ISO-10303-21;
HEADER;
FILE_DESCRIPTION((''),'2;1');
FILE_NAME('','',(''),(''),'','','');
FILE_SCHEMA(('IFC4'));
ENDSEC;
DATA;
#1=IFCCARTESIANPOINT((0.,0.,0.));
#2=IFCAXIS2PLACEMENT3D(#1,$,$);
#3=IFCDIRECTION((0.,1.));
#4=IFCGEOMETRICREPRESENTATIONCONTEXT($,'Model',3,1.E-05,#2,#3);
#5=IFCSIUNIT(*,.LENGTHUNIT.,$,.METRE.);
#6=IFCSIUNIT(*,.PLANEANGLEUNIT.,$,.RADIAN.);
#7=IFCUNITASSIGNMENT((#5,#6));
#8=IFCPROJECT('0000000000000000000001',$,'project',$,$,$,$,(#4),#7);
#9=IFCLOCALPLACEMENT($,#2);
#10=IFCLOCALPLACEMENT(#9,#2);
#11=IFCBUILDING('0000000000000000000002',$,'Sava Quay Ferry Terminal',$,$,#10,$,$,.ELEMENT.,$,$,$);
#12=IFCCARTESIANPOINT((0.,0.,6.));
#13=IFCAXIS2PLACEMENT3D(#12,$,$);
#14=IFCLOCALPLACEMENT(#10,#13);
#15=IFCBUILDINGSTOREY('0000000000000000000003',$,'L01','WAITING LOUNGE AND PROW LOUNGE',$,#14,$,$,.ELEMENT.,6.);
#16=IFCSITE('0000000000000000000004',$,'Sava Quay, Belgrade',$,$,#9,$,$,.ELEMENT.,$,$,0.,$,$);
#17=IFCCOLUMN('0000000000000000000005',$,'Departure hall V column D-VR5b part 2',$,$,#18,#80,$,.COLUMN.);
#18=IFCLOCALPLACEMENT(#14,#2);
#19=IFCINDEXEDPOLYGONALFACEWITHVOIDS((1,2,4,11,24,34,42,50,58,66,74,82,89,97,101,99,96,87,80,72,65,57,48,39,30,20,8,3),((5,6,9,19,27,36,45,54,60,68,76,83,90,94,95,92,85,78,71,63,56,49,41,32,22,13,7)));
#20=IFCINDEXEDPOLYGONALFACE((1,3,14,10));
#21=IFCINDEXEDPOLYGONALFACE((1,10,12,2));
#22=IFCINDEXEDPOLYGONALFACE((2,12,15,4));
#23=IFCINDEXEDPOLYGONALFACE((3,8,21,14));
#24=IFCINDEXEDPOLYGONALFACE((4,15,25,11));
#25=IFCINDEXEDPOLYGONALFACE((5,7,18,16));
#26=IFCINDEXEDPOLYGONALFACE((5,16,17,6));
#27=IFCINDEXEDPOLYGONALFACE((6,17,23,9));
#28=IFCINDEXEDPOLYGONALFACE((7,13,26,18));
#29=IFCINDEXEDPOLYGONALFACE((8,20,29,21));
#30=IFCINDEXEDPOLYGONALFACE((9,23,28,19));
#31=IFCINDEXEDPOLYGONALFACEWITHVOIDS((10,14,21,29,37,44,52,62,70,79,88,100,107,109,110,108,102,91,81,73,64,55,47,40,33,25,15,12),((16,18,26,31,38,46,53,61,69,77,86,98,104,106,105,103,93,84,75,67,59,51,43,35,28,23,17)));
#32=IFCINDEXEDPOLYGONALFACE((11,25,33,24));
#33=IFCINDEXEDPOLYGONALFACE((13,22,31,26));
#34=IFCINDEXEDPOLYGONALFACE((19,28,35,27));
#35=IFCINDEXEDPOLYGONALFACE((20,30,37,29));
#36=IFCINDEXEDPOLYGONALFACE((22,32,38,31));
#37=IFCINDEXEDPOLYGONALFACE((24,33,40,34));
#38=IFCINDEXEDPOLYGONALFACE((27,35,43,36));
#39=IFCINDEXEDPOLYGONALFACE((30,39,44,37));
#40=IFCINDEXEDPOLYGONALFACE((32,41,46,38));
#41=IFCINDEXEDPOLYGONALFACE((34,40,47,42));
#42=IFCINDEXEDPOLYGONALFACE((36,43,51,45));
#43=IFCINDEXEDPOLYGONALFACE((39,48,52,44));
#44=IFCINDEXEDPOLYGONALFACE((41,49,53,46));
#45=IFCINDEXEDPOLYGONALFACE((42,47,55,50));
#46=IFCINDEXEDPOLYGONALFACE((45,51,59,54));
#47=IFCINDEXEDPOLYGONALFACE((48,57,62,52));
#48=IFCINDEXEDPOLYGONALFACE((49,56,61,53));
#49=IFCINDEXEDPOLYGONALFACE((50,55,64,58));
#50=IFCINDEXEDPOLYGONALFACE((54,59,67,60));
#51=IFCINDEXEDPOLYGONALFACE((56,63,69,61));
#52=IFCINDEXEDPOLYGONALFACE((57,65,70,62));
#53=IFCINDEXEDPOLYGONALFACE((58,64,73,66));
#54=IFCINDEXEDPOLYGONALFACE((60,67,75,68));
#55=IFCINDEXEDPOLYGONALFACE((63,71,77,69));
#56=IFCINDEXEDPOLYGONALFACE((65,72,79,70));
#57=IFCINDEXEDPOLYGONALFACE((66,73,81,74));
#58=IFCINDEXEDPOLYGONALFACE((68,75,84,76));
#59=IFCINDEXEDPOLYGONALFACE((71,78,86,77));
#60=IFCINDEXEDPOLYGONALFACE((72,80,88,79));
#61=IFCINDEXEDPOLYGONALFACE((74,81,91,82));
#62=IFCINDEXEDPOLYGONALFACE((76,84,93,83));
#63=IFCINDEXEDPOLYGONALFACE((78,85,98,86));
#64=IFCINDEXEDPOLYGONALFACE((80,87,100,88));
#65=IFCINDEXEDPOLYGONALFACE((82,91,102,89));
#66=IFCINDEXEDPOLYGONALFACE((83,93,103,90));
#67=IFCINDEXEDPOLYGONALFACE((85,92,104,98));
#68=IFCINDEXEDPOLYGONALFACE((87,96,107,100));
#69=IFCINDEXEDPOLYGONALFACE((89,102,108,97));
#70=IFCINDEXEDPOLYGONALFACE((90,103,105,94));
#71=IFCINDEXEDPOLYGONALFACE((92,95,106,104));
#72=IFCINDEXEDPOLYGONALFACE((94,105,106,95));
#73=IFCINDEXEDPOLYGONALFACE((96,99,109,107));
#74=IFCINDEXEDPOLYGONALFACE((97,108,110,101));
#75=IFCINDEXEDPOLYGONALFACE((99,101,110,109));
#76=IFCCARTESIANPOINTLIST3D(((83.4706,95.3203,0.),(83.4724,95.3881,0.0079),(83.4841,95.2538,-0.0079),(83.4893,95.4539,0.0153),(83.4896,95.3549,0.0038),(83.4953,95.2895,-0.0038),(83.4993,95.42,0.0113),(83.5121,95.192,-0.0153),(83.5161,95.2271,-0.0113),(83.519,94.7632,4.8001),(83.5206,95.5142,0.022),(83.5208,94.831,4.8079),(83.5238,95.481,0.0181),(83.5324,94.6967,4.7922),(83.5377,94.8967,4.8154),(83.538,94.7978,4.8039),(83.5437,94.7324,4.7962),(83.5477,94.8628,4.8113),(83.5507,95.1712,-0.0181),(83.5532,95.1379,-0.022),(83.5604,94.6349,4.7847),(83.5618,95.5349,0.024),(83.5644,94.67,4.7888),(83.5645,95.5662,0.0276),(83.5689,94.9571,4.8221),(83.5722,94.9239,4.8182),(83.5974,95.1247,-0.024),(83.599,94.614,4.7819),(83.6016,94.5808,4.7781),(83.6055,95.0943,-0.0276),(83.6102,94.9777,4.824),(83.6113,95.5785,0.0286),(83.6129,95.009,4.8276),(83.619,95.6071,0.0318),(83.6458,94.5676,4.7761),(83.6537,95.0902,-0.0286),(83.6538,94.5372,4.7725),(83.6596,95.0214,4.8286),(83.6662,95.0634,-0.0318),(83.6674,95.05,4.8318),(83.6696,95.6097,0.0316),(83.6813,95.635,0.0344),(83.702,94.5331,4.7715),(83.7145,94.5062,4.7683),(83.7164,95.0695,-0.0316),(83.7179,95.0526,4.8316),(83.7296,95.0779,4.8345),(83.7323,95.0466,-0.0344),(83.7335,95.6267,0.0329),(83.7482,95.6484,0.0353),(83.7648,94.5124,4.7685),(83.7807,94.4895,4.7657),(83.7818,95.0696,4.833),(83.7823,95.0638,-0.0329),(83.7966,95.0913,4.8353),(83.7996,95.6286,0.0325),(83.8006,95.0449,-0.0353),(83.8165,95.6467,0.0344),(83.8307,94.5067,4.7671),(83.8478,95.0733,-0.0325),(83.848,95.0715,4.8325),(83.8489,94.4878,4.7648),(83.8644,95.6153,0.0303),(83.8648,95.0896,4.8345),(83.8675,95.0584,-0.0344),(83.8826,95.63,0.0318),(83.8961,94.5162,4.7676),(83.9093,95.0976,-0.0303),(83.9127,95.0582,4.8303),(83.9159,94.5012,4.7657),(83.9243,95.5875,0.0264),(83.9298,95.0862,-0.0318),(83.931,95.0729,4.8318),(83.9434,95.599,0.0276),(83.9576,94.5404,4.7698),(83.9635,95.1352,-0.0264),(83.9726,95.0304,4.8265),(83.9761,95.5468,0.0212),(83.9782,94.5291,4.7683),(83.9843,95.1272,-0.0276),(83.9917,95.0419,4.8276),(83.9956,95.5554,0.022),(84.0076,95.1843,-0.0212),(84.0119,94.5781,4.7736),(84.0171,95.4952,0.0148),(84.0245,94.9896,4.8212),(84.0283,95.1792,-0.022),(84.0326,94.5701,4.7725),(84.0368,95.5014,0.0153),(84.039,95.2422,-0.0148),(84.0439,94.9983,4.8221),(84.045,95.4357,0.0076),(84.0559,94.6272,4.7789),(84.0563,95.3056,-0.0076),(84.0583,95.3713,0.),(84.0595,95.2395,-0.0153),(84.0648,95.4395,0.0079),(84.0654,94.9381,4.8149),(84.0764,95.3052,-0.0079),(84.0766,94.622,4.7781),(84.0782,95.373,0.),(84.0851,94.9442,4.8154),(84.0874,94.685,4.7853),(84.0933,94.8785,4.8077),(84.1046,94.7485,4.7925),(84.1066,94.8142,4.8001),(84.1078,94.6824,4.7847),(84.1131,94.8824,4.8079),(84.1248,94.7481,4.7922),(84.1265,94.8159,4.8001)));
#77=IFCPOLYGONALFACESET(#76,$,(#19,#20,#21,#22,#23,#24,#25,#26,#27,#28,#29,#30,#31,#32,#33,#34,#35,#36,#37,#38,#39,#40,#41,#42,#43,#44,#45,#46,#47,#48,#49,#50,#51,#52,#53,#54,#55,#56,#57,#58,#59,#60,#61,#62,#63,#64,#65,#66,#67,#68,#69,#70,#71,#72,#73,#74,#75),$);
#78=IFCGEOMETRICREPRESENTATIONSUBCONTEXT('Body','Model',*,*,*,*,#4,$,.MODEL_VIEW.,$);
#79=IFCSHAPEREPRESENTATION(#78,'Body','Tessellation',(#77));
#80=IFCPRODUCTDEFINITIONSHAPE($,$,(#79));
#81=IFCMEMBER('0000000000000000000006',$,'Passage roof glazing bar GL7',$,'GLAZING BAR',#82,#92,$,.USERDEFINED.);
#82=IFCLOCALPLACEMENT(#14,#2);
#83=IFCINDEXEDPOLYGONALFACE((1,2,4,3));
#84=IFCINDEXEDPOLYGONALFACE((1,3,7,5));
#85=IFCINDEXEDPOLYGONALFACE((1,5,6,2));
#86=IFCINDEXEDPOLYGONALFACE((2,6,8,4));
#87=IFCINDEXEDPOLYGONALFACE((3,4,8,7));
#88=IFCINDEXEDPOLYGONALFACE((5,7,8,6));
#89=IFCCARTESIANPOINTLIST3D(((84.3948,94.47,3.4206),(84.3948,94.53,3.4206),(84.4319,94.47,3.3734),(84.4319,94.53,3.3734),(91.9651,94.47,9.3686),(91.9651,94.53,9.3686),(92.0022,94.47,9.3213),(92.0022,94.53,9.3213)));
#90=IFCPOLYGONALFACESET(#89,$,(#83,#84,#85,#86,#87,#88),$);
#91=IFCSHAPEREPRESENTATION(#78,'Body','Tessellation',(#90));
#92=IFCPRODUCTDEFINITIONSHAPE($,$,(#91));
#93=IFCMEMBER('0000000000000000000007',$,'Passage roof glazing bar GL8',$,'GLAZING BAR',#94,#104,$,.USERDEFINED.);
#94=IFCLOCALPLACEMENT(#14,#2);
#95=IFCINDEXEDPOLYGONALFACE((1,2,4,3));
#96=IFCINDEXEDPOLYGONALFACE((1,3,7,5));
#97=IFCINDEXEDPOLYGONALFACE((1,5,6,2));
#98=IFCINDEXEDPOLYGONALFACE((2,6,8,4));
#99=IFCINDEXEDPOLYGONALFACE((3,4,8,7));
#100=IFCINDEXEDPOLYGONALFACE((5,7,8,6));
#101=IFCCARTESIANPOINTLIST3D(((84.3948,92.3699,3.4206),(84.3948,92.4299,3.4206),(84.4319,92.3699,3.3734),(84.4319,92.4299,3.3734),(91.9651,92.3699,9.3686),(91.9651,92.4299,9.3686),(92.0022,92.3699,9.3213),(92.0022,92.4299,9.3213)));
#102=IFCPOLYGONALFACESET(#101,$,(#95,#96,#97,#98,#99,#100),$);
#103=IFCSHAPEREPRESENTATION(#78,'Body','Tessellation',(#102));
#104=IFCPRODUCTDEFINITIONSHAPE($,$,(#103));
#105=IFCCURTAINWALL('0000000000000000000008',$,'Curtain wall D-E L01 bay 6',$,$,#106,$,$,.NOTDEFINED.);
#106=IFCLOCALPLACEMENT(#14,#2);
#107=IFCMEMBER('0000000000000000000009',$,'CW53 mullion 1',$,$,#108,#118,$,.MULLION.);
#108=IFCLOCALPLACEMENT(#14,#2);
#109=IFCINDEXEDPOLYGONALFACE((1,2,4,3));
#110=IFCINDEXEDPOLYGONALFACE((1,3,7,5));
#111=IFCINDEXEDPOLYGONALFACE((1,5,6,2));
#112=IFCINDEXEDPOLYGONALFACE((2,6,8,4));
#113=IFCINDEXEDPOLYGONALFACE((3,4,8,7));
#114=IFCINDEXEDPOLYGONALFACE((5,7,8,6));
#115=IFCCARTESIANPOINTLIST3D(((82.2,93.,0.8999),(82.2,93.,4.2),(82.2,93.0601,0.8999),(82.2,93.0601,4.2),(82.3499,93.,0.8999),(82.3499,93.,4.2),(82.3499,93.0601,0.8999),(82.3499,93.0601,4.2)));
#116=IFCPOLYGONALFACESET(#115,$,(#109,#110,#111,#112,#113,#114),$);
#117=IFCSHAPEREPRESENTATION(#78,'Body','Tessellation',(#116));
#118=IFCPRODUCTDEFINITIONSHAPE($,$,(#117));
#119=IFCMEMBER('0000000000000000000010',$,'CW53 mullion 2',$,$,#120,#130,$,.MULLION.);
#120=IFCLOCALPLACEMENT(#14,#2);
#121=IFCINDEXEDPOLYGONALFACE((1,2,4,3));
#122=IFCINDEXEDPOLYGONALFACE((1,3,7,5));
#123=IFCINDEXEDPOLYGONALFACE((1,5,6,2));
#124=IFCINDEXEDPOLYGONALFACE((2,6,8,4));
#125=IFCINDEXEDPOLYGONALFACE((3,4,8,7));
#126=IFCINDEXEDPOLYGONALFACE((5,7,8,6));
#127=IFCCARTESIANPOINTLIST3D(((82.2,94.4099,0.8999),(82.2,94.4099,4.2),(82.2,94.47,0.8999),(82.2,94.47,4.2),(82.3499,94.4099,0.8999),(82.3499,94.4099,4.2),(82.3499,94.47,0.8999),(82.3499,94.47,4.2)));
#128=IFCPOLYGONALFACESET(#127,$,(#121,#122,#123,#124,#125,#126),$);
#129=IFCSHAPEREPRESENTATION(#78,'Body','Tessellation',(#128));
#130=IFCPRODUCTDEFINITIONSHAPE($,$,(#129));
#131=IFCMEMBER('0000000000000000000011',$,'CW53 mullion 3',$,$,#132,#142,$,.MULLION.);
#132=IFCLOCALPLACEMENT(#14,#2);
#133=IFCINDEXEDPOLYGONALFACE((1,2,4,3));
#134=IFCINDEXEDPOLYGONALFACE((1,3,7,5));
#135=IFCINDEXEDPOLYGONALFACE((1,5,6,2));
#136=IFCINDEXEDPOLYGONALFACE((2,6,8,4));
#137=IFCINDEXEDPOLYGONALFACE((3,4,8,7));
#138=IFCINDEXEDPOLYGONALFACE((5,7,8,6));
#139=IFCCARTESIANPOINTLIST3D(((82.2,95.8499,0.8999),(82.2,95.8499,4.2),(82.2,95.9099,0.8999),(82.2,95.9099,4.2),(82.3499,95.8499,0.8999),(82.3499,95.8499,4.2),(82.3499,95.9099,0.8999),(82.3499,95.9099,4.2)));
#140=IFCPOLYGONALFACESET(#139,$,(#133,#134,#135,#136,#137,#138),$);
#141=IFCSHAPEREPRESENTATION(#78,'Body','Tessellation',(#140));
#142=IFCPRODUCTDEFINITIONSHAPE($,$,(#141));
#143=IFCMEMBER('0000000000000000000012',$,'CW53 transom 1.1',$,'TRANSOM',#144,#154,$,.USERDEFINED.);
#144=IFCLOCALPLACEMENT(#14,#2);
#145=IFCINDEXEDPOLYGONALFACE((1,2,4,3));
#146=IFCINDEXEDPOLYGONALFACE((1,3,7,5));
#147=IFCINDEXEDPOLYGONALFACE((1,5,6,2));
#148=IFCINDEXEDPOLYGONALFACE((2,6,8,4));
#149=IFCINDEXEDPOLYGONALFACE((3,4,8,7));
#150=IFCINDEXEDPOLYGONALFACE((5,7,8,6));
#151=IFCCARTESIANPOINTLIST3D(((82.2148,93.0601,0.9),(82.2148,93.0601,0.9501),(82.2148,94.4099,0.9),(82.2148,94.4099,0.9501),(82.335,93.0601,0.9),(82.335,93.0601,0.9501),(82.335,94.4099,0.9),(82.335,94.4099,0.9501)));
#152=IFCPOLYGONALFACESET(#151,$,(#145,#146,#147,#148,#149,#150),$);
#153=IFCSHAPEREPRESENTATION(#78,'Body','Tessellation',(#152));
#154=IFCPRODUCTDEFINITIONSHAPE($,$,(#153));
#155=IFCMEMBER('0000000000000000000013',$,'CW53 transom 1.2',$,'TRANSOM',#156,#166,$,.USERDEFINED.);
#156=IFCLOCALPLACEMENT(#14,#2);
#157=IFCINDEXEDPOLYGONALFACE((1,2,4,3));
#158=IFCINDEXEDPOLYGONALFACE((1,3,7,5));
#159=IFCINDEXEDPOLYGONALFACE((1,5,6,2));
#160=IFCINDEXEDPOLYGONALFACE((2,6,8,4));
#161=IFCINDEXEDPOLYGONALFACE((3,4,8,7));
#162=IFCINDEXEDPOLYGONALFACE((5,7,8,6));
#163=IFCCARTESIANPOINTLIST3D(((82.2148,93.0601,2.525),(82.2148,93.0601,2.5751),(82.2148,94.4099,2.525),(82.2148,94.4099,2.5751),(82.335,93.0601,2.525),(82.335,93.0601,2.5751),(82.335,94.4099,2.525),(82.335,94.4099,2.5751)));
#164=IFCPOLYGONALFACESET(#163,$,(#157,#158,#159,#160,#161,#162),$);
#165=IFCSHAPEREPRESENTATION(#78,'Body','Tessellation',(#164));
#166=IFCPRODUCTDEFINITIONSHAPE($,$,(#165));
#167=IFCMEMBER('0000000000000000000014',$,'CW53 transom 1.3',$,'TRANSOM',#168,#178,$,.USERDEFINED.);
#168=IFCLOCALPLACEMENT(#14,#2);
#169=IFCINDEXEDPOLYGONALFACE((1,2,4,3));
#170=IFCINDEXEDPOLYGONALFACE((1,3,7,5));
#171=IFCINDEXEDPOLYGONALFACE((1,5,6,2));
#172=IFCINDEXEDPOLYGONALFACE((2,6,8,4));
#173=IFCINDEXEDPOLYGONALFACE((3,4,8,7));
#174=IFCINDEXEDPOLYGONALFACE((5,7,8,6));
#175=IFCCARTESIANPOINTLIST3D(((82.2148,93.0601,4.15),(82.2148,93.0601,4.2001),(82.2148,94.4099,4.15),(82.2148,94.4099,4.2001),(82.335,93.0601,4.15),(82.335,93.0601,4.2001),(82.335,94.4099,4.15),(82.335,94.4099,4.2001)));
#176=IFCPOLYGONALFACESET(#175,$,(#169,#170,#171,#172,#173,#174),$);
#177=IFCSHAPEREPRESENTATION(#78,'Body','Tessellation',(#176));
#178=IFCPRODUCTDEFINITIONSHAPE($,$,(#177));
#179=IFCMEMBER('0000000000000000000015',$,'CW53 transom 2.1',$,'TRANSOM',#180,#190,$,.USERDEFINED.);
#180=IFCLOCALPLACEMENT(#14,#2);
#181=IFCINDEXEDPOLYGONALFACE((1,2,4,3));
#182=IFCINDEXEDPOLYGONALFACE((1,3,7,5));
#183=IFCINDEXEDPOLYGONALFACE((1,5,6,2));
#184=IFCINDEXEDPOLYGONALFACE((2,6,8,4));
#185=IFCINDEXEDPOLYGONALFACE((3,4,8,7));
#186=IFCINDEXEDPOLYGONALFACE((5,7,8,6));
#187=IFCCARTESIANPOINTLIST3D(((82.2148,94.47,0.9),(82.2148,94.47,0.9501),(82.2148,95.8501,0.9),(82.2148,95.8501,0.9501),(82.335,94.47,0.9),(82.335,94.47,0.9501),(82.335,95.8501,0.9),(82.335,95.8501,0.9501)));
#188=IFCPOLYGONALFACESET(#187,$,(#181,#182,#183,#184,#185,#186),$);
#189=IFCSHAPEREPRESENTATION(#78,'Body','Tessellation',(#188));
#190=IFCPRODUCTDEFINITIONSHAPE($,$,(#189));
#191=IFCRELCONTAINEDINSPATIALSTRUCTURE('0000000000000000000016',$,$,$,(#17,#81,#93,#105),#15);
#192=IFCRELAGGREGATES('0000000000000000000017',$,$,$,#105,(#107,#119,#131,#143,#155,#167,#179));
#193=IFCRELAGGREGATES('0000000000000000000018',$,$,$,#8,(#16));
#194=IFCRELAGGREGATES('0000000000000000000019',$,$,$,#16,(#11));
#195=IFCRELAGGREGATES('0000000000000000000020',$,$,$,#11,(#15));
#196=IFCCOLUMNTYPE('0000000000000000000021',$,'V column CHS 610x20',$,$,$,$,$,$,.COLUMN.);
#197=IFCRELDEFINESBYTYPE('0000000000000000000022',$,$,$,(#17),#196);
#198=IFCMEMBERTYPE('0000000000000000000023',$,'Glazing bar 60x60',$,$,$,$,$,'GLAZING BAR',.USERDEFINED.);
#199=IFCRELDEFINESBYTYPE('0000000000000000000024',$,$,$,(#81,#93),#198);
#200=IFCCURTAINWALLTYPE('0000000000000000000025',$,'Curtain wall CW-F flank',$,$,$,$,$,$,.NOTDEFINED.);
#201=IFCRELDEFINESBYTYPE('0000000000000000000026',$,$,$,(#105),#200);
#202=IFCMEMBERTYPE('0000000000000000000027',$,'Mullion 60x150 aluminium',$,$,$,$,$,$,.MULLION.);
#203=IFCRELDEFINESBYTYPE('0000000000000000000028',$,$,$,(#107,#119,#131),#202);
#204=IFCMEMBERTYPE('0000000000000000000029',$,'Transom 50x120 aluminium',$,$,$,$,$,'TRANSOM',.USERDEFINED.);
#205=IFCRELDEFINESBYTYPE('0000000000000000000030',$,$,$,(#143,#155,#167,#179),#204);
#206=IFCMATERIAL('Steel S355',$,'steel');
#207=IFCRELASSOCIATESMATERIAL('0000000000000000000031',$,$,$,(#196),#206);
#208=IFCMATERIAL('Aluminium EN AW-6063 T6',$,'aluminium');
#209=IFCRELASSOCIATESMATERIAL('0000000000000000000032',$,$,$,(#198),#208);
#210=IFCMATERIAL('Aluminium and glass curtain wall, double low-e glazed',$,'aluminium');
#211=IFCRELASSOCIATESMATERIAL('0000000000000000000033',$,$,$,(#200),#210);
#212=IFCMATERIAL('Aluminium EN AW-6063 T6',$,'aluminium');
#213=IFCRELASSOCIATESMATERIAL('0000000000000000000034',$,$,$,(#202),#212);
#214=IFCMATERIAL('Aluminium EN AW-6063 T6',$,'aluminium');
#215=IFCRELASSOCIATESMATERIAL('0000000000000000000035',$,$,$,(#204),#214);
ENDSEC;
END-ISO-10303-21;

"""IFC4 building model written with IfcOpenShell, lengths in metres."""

from ifc_helpers import new_model, si_unit, direction, frame, origin, origin_2d, place, context, subcontext, project, spatial, rectangle, hollow_circle, extrude, material, material_profile, profile_set, type_object, element, aggregate, save


model = new_model("IFC4")

# Units and contexts
model_context = context("Model", 3, precision=1e-05, world=origin(), true_north=direction((0.0, 1.0)))
body_context = subcontext(model_context, "Body", "Model", "MODEL_VIEW")
ifc_project = project(units=[si_unit("LENGTHUNIT", "METRE"), si_unit("PLANEANGLEUNIT", "RADIAN")], contexts=[model_context])

# Site, building, storey
site_placement = place(None, origin())
site = spatial("IfcSite", under=ifc_project, at=site_placement, Name="Sava Quay, Belgrade", CompositionType="ELEMENT", RefElevation=0.0)
building_placement = place(site_placement, origin())
building = spatial("IfcBuilding", under=site, at=building_placement, Name="Sava Quay Ferry Terminal", CompositionType="ELEMENT")
storey_placement = place(building_placement, frame((0.0, 0.0, 6.0)))
storey = spatial("IfcBuildingStorey", under=building, at=storey_placement, Name="L01", Description="WAITING LOUNGE AND PROW LOUNGE", CompositionType="ELEMENT", Elevation=6.0)

# Column
ifc_material_1 = material(Name="Steel S355", Category="steel")
ifc_material_profile_1 = material_profile(ifc_material_1, hollow_circle(Radius=0.3049, WallThickness=0.02, at=origin_2d()), Name="CHS 610 x 20.0")
ifc_profile_set_1 = profile_set([ifc_material_profile_1], Name="Steel S355")
column_type = type_object("IfcColumnType", Name="V column CHS 610x20", PredefinedType="COLUMN", material=ifc_profile_set_1)
column_placement = place(storey_placement, frame((83.7744, 95.3467, 0.0), z_axis=(0.010003, -0.115288, 0.993282), x_axis=(0.996257, 0.086441, 0.0)))
element("IfcColumn", 1, at=column_placement, inside=storey, type_object=column_type, Name="Departure hall V column D-VR5b part 2", PredefinedType="COLUMN", context=body_context, shape_type="SweptSolid", body=[
    extrude(hollow_circle(Radius=0.3049, WallThickness=0.02, at=origin_2d()), origin(), (0.0, 0.0, 1.0), 4.8325),
])

# Members
ifc_material_2 = material(Name="Aluminium EN AW-6063 T6", Category="aluminium")
ifc_material_profile_2 = material_profile(ifc_material_2, rectangle(XDim=0.0601, YDim=0.0601, at=origin_2d()), Name="Bar 60 x 60")
ifc_profile_set_2 = profile_set([ifc_material_profile_2], Name="Aluminium EN AW-6063 T6")
member_type_1 = type_object("IfcMemberType", Name="Glazing bar 60x60", ElementType="GLAZING BAR", PredefinedType="USERDEFINED", material=ifc_profile_set_2)
for number, where, z_axis, x_axis, name in (
    (2, (84.4133, 94.5, 3.397), (0.786324, 0.0, 0.617815), (0.0, 1.0, 0.0), "Passage roof glazing bar GL7"),
    (3, (84.4133, 92.3999, 3.397), (0.786324, 0.0, 0.617815), (0.0, 1.0, 0.0), "Passage roof glazing bar GL8"),
):
    element("IfcMember", number, at=place(storey_placement, frame(where, z_axis=z_axis, x_axis=x_axis)), inside=storey, type_object=member_type_1, Name=name, ObjectType="GLAZING BAR", PredefinedType="USERDEFINED", context=body_context, shape_type="SweptSolid", body=[
        extrude(rectangle(XDim=0.0601, YDim=0.0601, at=origin_2d()), origin(), (0.0, 0.0, 1.0), 9.6274),
    ])

# Curtain wall, members
ifc_material_3 = material(Name="Aluminium and glass curtain wall, double low-e glazed", Category="aluminium")
curtain_wall_type = type_object("IfcCurtainWallType", Name="Curtain wall CW-F flank", PredefinedType="NOTDEFINED", material=ifc_material_3)
curtain_wall_placement = place(storey_placement, origin())
curtain_wall = element("IfcCurtainWall", 4, at=curtain_wall_placement, inside=storey, type_object=curtain_wall_type, Name="Curtain wall D-E L01 bay 6", PredefinedType="NOTDEFINED")
ifc_material_4 = material(Name="Aluminium EN AW-6063 T6", Category="aluminium")
ifc_material_profile_3 = material_profile(ifc_material_4, rectangle(XDim=0.1499, YDim=0.0601, at=origin_2d()), Name="Mullion 60x150 aluminium")
ifc_profile_set_3 = profile_set([ifc_material_profile_3], Name="Aluminium EN AW-6063 T6")
member_type_2 = type_object("IfcMemberType", Name="Mullion 60x150 aluminium", PredefinedType="MULLION", material=ifc_profile_set_3)
member_1_placement = place(storey_placement, frame((82.2749, 93.03, 0.8999), z_axis=(0.0, 0.0, 1.0), x_axis=(-1.0, 0.0, 0.0)))
member_1 = element("IfcMember", 5, at=member_1_placement, type_object=member_type_2, Name="CW53 mullion 1", PredefinedType="MULLION", context=body_context, shape_type="SweptSolid", body=[
    extrude(rectangle(XDim=0.1499, YDim=0.0601, at=origin_2d()), origin(), (0.0, 0.0, 1.0), 3.3),
])
member_2_placement = place(storey_placement, frame((82.2749, 94.4399, 0.8999), z_axis=(0.0, 0.0, 1.0), x_axis=(-1.0, 0.0, 0.0)))
member_2 = element("IfcMember", 6, at=member_2_placement, type_object=member_type_2, Name="CW53 mullion 2", PredefinedType="MULLION", context=body_context, shape_type="SweptSolid", body=[
    extrude(rectangle(XDim=0.1499, YDim=0.0601, at=origin_2d()), origin(), (0.0, 0.0, 1.0), 3.3),
])
member_3_placement = place(storey_placement, frame((82.2749, 95.8799, 0.8999), z_axis=(0.0, 0.0, 1.0), x_axis=(-1.0, 0.0, 0.0)))
member_3 = element("IfcMember", 7, at=member_3_placement, type_object=member_type_2, Name="CW53 mullion 3", PredefinedType="MULLION", context=body_context, shape_type="SweptSolid", body=[
    extrude(rectangle(XDim=0.1499, YDim=0.0601, at=origin_2d()), origin(), (0.0, 0.0, 1.0), 3.3),
])
ifc_material_5 = material(Name="Aluminium EN AW-6063 T6", Category="aluminium")
ifc_material_profile_4 = material_profile(ifc_material_5, rectangle(XDim=0.1201, YDim=0.05, at=origin_2d()), Name="Transom 50x120 aluminium")
ifc_profile_set_4 = profile_set([ifc_material_profile_4], Name="Aluminium EN AW-6063 T6")
member_type_3 = type_object("IfcMemberType", Name="Transom 50x120 aluminium", ElementType="TRANSOM", PredefinedType="USERDEFINED", material=ifc_profile_set_4)
member_4_placement = place(storey_placement, frame((82.2749, 93.0601, 0.925), z_axis=(0.0, 1.0, 0.0), x_axis=(-1.0, 0.0, 0.0)))
member_4 = element("IfcMember", 8, at=member_4_placement, type_object=member_type_3, Name="CW53 transom 1.1", ObjectType="TRANSOM", PredefinedType="USERDEFINED", context=body_context, shape_type="SweptSolid", body=[
    extrude(rectangle(XDim=0.1201, YDim=0.05, at=origin_2d()), origin(), (0.0, 0.0, 1.0), 1.3499),
])
member_5_placement = place(storey_placement, frame((82.2749, 93.0601, 2.55), z_axis=(0.0, 1.0, 0.0), x_axis=(-1.0, 0.0, 0.0)))
member_5 = element("IfcMember", 9, at=member_5_placement, type_object=member_type_3, Name="CW53 transom 1.2", ObjectType="TRANSOM", PredefinedType="USERDEFINED", context=body_context, shape_type="SweptSolid", body=[
    extrude(rectangle(XDim=0.1201, YDim=0.05, at=origin_2d()), origin(), (0.0, 0.0, 1.0), 1.3499),
])
member_6_placement = place(storey_placement, frame((82.2749, 93.0601, 4.175), z_axis=(0.0, 1.0, 0.0), x_axis=(-1.0, 0.0, 0.0)))
member_6 = element("IfcMember", 10, at=member_6_placement, type_object=member_type_3, Name="CW53 transom 1.3", ObjectType="TRANSOM", PredefinedType="USERDEFINED", context=body_context, shape_type="SweptSolid", body=[
    extrude(rectangle(XDim=0.1201, YDim=0.05, at=origin_2d()), origin(), (0.0, 0.0, 1.0), 1.3499),
])
member_7_placement = place(storey_placement, frame((82.2749, 94.47, 0.925), z_axis=(0.0, 1.0, 0.0), x_axis=(-1.0, 0.0, 0.0)))
member_7 = element("IfcMember", 11, at=member_7_placement, type_object=member_type_3, Name="CW53 transom 2.1", ObjectType="TRANSOM", PredefinedType="USERDEFINED", context=body_context, shape_type="SweptSolid", body=[
    extrude(rectangle(XDim=0.1201, YDim=0.05, at=origin_2d()), origin(), (0.0, 0.0, 1.0), 1.3801),
])
aggregate(curtain_wall, [member_1, member_2, member_3, member_4, member_5, member_6, member_7])

save(model, "model.ifc")
